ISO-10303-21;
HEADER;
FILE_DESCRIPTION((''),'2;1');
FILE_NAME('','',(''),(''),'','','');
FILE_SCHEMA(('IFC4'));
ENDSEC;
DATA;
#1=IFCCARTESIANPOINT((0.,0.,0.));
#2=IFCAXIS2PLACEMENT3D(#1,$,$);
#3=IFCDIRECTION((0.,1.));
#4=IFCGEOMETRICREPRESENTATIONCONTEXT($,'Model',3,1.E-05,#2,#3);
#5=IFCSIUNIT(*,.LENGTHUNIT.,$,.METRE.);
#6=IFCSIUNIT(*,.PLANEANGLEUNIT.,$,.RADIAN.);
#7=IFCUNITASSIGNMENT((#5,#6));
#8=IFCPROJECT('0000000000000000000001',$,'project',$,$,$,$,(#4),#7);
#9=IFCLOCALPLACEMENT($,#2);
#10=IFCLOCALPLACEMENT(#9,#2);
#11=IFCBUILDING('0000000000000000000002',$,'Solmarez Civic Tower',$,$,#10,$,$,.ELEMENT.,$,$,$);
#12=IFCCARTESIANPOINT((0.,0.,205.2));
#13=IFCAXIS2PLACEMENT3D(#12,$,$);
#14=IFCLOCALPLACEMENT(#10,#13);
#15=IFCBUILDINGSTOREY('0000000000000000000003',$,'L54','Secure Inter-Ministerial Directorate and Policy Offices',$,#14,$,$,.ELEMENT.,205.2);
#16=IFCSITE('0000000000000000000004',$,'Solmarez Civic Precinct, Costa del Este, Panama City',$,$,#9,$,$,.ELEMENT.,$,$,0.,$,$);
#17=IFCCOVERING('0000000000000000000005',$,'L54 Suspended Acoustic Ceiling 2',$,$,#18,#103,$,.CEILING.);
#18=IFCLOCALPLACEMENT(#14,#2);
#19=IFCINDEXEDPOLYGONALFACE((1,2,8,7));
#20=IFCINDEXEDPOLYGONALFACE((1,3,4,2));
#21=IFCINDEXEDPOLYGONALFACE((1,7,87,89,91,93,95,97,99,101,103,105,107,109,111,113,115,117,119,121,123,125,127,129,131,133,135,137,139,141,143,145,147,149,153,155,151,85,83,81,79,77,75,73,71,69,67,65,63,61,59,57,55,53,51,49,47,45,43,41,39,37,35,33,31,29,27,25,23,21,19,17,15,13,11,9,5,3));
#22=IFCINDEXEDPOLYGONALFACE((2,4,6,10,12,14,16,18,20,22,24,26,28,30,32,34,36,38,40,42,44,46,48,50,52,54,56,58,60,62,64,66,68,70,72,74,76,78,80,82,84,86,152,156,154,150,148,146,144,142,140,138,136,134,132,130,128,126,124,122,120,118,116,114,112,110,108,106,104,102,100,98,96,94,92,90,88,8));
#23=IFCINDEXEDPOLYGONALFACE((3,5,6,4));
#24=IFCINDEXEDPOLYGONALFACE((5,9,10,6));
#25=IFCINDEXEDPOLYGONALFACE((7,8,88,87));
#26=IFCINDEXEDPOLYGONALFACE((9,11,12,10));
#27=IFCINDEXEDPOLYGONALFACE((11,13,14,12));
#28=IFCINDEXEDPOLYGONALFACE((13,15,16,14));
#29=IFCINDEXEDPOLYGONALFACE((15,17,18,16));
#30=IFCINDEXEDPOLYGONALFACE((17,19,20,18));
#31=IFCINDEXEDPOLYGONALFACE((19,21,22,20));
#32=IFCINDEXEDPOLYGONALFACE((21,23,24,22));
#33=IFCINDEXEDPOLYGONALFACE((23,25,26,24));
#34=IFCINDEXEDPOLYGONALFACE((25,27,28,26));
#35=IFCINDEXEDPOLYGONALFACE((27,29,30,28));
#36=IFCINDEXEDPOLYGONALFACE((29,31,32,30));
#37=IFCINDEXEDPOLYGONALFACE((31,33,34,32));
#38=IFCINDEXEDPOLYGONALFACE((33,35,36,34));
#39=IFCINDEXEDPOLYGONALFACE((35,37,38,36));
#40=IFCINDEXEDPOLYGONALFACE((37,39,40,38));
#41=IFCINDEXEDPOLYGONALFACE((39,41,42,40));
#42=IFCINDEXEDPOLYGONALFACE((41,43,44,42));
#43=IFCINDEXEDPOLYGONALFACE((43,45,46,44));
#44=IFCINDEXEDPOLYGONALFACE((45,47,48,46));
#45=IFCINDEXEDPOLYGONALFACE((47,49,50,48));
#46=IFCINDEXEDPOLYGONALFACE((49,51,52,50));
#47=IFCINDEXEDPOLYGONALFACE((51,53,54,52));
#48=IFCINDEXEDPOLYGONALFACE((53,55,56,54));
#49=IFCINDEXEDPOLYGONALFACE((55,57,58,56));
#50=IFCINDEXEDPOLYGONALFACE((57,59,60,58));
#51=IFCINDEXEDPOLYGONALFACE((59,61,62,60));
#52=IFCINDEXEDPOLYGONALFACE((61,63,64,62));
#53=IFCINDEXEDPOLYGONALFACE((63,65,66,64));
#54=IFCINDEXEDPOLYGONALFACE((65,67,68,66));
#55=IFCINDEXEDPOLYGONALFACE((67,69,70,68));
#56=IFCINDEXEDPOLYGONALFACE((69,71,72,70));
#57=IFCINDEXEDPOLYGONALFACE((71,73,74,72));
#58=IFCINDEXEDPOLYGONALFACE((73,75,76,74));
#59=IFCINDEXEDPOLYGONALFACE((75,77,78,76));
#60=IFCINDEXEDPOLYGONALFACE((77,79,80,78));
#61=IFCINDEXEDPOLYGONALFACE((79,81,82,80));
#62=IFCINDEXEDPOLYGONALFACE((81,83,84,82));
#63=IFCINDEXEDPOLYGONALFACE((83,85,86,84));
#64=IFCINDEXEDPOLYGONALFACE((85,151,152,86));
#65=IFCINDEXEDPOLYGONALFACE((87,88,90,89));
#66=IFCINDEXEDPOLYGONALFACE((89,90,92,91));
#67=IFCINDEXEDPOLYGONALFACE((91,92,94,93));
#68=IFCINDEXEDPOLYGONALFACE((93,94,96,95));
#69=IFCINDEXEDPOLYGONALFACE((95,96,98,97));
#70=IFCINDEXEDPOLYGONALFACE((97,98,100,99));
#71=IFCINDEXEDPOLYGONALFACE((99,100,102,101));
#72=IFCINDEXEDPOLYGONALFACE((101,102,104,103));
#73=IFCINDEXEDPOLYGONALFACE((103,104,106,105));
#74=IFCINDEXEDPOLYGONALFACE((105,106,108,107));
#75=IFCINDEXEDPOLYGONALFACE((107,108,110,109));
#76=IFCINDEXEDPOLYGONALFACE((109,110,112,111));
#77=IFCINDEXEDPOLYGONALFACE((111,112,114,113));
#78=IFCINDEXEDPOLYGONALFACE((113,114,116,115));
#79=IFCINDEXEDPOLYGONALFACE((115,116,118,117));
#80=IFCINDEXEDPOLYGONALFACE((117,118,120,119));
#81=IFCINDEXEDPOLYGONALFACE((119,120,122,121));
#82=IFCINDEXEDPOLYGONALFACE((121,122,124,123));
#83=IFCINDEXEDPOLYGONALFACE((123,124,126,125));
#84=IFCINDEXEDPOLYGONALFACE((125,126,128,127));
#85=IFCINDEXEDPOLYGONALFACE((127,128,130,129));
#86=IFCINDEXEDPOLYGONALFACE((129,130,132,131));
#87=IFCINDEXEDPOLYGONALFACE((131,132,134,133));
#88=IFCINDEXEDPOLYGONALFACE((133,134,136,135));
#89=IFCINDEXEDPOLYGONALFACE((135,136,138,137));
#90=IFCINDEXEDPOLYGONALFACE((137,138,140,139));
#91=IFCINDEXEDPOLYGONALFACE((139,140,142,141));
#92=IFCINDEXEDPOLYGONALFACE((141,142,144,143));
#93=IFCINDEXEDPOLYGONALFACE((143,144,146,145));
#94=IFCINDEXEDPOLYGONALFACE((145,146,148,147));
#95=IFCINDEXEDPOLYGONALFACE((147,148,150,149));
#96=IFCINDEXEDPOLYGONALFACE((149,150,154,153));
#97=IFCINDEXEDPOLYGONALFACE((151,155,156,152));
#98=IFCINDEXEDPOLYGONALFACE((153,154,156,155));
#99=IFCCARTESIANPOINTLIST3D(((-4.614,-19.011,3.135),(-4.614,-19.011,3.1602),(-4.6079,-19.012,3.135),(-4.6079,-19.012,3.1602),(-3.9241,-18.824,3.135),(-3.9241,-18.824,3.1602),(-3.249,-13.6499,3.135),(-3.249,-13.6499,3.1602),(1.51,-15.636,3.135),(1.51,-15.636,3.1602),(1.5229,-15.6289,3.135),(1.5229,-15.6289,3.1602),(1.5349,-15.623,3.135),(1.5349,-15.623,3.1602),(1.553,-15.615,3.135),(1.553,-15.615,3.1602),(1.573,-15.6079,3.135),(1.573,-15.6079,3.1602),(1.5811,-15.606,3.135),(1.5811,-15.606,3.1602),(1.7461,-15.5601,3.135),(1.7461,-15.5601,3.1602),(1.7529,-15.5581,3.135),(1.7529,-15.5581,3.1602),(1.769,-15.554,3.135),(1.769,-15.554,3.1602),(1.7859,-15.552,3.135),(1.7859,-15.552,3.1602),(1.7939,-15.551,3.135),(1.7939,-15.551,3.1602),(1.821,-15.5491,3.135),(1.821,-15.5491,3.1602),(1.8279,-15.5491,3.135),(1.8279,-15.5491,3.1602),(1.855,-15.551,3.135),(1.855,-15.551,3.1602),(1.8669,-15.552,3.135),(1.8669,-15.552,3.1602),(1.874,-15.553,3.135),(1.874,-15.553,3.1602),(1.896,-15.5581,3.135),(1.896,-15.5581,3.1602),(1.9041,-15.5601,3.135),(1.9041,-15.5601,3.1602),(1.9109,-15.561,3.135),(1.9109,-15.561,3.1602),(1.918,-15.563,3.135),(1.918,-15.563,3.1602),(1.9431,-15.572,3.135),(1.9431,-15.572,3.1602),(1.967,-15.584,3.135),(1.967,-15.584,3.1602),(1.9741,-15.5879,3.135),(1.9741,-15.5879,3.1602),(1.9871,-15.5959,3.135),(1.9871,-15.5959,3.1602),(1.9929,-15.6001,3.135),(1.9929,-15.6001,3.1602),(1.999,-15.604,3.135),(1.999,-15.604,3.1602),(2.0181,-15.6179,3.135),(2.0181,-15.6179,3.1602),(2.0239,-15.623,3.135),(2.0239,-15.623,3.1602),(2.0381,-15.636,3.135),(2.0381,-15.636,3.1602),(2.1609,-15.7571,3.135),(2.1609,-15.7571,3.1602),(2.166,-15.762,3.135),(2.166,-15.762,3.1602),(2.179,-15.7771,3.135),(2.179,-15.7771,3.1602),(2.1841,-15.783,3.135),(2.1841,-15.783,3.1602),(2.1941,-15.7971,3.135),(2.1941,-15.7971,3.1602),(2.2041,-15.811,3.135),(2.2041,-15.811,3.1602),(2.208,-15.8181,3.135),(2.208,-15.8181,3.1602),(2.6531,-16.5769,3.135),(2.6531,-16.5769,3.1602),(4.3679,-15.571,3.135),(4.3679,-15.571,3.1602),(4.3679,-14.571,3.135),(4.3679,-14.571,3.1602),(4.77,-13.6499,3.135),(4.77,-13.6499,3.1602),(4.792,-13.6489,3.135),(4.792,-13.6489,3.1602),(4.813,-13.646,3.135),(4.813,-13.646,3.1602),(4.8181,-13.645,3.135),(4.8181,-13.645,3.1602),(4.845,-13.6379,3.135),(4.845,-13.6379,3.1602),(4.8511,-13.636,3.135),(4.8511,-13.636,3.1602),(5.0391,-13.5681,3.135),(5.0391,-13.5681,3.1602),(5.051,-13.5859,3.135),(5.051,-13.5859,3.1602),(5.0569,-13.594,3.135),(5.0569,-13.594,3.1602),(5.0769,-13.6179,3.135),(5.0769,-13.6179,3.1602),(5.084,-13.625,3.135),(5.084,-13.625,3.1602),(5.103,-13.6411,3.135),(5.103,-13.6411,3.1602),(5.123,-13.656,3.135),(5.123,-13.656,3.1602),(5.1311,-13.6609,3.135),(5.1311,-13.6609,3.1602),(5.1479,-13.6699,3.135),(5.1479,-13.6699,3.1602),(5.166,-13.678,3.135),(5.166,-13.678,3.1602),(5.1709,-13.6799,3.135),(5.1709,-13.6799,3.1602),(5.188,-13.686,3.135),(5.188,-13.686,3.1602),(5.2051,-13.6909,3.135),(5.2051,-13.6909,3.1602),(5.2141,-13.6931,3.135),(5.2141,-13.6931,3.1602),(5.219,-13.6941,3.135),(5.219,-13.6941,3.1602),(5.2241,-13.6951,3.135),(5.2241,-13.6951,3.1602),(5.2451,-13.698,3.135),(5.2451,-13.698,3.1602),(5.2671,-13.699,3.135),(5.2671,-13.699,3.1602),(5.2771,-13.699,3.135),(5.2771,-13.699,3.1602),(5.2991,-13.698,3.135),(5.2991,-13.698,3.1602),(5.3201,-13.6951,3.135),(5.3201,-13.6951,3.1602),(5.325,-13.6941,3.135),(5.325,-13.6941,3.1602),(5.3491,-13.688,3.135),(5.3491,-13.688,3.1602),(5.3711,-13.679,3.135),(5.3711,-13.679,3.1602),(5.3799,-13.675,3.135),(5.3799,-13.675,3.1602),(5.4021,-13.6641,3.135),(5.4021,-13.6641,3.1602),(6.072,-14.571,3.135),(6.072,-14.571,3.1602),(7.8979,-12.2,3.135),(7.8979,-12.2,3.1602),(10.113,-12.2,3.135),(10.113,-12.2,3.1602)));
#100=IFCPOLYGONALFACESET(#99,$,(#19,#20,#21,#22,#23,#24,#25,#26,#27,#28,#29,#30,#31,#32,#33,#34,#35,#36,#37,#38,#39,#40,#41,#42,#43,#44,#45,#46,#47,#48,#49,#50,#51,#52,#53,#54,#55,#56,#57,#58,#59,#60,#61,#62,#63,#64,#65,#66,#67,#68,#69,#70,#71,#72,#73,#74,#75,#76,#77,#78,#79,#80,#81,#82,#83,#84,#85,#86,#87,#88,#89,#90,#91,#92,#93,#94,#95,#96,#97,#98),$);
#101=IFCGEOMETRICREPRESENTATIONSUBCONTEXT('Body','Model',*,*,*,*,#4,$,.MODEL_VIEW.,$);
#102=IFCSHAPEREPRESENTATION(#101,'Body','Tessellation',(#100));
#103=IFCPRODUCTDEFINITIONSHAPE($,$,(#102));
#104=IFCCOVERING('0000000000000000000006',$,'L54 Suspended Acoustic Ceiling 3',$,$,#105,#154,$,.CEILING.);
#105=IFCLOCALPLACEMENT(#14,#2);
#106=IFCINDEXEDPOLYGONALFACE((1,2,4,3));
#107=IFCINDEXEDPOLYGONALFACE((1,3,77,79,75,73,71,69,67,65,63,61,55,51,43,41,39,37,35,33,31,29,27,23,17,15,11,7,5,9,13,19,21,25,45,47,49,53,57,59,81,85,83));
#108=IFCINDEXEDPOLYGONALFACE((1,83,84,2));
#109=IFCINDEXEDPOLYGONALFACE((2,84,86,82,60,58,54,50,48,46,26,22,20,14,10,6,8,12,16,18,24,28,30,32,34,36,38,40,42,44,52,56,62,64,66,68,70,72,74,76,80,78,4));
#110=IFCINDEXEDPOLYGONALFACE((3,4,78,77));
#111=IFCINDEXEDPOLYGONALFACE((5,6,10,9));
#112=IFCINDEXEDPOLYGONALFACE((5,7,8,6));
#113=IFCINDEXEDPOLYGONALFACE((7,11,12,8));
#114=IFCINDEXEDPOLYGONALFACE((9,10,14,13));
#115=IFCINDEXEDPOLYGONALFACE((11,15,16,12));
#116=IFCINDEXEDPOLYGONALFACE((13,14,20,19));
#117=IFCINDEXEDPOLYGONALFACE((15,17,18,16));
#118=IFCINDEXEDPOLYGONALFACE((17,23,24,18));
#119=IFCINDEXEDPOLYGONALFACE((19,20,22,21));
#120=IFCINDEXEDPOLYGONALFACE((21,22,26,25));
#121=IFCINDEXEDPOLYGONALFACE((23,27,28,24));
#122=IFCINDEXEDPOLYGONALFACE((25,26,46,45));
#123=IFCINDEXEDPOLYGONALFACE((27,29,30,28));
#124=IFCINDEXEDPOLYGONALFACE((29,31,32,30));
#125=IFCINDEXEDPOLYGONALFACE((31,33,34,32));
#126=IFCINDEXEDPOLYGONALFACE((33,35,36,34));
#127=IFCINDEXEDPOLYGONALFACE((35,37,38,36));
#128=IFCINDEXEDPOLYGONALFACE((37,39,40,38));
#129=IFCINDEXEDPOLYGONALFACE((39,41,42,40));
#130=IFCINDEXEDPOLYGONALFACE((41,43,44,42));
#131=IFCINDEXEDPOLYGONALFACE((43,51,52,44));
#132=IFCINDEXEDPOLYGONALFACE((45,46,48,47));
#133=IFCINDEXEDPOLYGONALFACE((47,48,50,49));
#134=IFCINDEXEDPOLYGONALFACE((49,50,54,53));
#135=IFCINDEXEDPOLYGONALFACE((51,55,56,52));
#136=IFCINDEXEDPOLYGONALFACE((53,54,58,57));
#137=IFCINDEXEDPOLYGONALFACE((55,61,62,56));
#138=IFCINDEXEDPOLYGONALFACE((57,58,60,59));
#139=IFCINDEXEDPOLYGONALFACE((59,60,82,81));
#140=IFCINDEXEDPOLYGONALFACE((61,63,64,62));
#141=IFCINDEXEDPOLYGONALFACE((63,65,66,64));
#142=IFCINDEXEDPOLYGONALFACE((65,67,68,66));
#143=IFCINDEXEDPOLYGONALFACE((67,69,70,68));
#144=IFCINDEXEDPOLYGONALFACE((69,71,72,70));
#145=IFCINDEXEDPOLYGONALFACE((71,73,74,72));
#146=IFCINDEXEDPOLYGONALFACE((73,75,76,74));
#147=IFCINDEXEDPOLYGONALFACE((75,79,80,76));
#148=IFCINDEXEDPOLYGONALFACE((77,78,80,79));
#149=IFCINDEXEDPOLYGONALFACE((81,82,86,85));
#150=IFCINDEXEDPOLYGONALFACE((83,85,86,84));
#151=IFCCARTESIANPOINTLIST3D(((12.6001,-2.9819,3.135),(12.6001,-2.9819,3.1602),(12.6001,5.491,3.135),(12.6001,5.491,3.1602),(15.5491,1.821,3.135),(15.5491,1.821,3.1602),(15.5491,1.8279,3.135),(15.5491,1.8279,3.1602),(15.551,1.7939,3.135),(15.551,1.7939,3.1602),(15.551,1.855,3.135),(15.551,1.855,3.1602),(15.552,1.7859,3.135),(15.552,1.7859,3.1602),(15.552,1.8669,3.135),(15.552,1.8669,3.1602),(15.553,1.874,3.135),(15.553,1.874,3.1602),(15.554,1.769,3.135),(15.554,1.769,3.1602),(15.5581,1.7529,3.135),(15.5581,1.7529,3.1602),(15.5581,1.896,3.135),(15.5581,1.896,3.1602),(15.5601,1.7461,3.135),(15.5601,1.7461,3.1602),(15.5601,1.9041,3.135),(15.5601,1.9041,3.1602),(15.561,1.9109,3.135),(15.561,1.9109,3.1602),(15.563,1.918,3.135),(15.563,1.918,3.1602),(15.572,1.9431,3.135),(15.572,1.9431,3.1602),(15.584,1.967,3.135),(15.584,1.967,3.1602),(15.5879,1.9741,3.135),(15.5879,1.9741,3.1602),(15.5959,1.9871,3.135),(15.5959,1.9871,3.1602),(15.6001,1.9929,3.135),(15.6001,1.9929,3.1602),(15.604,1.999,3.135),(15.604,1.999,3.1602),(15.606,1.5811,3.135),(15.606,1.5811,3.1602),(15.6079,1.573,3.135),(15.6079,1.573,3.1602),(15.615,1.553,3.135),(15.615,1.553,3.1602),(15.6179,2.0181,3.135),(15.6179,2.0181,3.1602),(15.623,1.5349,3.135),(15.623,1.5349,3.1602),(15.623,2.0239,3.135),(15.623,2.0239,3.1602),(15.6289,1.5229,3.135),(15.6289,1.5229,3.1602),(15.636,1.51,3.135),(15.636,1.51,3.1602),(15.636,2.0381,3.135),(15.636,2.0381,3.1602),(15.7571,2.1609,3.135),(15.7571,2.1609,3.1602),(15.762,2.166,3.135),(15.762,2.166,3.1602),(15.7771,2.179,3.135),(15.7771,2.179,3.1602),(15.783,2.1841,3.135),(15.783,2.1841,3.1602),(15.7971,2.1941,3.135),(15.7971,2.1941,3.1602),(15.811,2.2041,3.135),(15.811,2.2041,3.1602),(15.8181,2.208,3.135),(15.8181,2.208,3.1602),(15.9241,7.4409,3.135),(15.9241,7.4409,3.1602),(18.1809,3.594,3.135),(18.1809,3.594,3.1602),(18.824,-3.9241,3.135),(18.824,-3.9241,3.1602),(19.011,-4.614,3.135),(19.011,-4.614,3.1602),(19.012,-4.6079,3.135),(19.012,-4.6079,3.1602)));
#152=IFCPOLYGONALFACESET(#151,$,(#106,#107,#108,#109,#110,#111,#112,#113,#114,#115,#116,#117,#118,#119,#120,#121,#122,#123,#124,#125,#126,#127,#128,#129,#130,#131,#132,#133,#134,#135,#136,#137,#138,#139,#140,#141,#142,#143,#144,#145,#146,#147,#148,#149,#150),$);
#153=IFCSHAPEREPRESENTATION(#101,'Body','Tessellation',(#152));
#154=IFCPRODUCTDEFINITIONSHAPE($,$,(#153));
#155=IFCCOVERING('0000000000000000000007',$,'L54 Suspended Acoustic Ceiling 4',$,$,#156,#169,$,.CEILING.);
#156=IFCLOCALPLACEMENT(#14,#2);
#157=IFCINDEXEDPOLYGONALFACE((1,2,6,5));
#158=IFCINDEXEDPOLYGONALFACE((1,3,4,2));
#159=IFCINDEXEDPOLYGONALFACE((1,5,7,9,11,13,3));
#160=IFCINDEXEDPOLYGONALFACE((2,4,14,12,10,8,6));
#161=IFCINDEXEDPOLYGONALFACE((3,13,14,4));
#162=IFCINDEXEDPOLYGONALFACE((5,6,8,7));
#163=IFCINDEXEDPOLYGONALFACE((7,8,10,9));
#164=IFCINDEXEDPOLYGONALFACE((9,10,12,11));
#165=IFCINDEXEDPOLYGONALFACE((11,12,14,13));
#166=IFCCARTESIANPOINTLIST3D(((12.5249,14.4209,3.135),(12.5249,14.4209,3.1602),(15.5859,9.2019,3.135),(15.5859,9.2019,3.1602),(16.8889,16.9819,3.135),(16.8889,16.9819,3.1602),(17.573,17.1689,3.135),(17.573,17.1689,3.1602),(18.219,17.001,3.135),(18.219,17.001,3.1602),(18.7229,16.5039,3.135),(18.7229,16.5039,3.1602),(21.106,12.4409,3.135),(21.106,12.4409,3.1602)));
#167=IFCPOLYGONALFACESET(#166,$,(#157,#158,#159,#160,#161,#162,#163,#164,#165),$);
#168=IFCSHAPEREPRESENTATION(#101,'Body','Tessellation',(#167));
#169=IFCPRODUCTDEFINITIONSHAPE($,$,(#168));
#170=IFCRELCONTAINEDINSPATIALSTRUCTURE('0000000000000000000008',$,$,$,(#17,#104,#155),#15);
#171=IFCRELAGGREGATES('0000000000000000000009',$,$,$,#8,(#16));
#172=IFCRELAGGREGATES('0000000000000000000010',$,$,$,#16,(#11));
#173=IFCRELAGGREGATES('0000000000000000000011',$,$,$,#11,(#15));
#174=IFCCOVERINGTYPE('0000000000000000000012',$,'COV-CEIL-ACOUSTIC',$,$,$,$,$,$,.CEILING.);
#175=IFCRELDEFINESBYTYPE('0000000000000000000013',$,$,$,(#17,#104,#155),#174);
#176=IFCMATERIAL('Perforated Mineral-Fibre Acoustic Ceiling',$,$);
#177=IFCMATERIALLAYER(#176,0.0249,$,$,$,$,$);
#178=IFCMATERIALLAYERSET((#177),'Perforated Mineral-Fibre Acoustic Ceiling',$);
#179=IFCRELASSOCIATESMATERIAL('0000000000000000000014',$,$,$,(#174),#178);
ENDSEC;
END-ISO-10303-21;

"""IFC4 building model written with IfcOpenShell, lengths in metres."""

from ifc_helpers import new_model, si_unit, direction, frame, origin, place, context, subcontext, project, spatial, polyline, outline, extrude, material, layer, layer_set, type_object, element, save


model = new_model("IFC4")

# Units and contexts
model_context = context("Model", 3, precision=1e-05, world=origin(), true_north=direction((0.0, 1.0)))
body_context = subcontext(model_context, "Body", "Model", "MODEL_VIEW")
ifc_project = project(units=[si_unit("LENGTHUNIT", "METRE"), si_unit("PLANEANGLEUNIT", "RADIAN")], contexts=[model_context])

# Site, building, storey
site_placement = place(None, origin())
site = spatial("IfcSite", under=ifc_project, at=site_placement, Name="Solmarez Civic Precinct, Costa del Este, Panama City", CompositionType="ELEMENT", RefElevation=0.0)
building_placement = place(site_placement, origin())
building = spatial("IfcBuilding", under=site, at=building_placement, Name="Solmarez Civic Tower", CompositionType="ELEMENT")
storey_placement = place(building_placement, frame((0.0, 0.0, 205.2)))
storey = spatial("IfcBuildingStorey", under=building, at=storey_placement, Name="L54", Description="Secure Inter-Ministerial Directorate and Policy Offices", CompositionType="ELEMENT", Elevation=205.2)

# Coverings
ifc_material_1 = material(Name="Perforated Mineral-Fibre Acoustic Ceiling")
ifc_layer_1 = layer(ifc_material_1, 0.0249)
ifc_layer_set_1 = layer_set([ifc_layer_1], Name="Perforated Mineral-Fibre Acoustic Ceiling")
covering_type_1 = type_object("IfcCoveringType", Name="COV-CEIL-ACOUSTIC", PredefinedType="CEILING", material=ifc_layer_set_1)
covering_1_placement = place(storey_placement, frame((0.0, 0.0, 3.135)))
element("IfcCovering", 1, at=covering_1_placement, inside=storey, type_object=covering_type_1, Name="L54 Suspended Acoustic Ceiling 2", PredefinedType="CEILING", context=body_context, shape_type="SweptSolid", body=[
    extrude(outline(polyline([(5.0391, -13.5681), (4.8511, -13.636), (4.845, -13.6379), (4.8181, -13.645), (4.813, -13.646), (4.792, -13.6489), (4.77, -13.6499), (-3.249, -13.6499), (-4.614, -19.011), (-4.6079, -19.012), (-3.9241, -18.824), (1.51, -15.636), (1.5229, -15.6289), (1.5349, -15.623), (1.553, -15.615), (1.573, -15.6079), (1.5811, -15.606), (1.7461, -15.5601), (1.7529, -15.5581), (1.769, -15.554), (1.7859, -15.552), (1.7939, -15.551), (1.821, -15.5491), (1.8279, -15.5491), (1.855, -15.551), (1.8669, -15.552), (1.874, -15.553), (1.896, -15.5581), (1.9041, -15.5601), (1.9109, -15.561), (1.918, -15.563), (1.9431, -15.572), (1.967, -15.584), (1.9741, -15.5879), (1.9871, -15.5959), (1.9929, -15.6001), (1.999, -15.604), (2.0181, -15.6179), (2.0239, -15.623), (2.0381, -15.636), (2.1609, -15.7571), (2.166, -15.762), (2.179, -15.7771), (2.1841, -15.783), (2.1941, -15.7971), (2.2041, -15.811), (2.208, -15.8181), (2.6531, -16.5769), (4.3679, -15.571), (4.3679, -14.571), (6.072, -14.571), (10.113, -12.2), (7.8979, -12.2), (5.4021, -13.6641), (5.3799, -13.675), (5.3711, -13.679), (5.3491, -13.688), (5.325, -13.6941), (5.3201, -13.6951), (5.2991, -13.698), (5.2771, -13.699), (5.2671, -13.699), (5.2451, -13.698), (5.2241, -13.6951), (5.219, -13.6941), (5.2141, -13.6931), (5.2051, -13.6909), (5.188, -13.686), (5.1709, -13.6799), (5.166, -13.678), (5.1479, -13.6699), (5.1311, -13.6609), (5.123, -13.656), (5.103, -13.6411), (5.084, -13.625), (5.0769, -13.6179), (5.0569, -13.594), (5.051, -13.5859), (5.0391, -13.5681)])), origin(), (0.0, 0.0, 1.0), 0.0251),
])
covering_2_placement = place(storey_placement, frame((0.0, 0.0, 3.135)))
element("IfcCovering", 2, at=covering_2_placement, inside=storey, type_object=covering_type_1, Name="L54 Suspended Acoustic Ceiling 3", PredefinedType="CEILING", context=body_context, shape_type="SweptSolid", body=[
    extrude(outline(polyline([(12.6001, 5.491), (12.6001, -2.9819), (19.011, -4.614), (19.012, -4.6079), (18.824, -3.9241), (15.636, 1.51), (15.6289, 1.5229), (15.623, 1.5349), (15.615, 1.553), (15.6079, 1.573), (15.606, 1.5811), (15.5601, 1.7461), (15.5581, 1.7529), (15.554, 1.769), (15.552, 1.7859), (15.551, 1.7939), (15.5491, 1.821), (15.5491, 1.8279), (15.551, 1.855), (15.552, 1.8669), (15.553, 1.874), (15.5581, 1.896), (15.5601, 1.9041), (15.561, 1.9109), (15.563, 1.918), (15.572, 1.9431), (15.584, 1.967), (15.5879, 1.9741), (15.5959, 1.9871), (15.6001, 1.9929), (15.604, 1.999), (15.6179, 2.0181), (15.623, 2.0239), (15.636, 2.0381), (15.7571, 2.1609), (15.762, 2.166), (15.7771, 2.179), (15.783, 2.1841), (15.7971, 2.1941), (15.811, 2.2041), (15.8181, 2.208), (18.1809, 3.594), (15.9241, 7.4409), (12.6001, 5.491)])), origin(), (0.0, 0.0, 1.0), 0.0251),
])
covering_3_placement = place(storey_placement, frame((0.0, 0.0, 3.135)))
element("IfcCovering", 3, at=covering_3_placement, inside=storey, type_object=covering_type_1, Name="L54 Suspended Acoustic Ceiling 4", PredefinedType="CEILING", context=body_context, shape_type="SweptSolid", body=[
    extrude(outline(polyline([(21.106, 12.4409), (18.7229, 16.5039), (18.219, 17.001), (17.573, 17.1689), (16.8889, 16.9819), (12.5249, 14.4209), (15.5859, 9.2019), (21.106, 12.4409)])), origin(), (0.0, 0.0, 1.0), 0.0251),
])

save(model, "model.ifc")
